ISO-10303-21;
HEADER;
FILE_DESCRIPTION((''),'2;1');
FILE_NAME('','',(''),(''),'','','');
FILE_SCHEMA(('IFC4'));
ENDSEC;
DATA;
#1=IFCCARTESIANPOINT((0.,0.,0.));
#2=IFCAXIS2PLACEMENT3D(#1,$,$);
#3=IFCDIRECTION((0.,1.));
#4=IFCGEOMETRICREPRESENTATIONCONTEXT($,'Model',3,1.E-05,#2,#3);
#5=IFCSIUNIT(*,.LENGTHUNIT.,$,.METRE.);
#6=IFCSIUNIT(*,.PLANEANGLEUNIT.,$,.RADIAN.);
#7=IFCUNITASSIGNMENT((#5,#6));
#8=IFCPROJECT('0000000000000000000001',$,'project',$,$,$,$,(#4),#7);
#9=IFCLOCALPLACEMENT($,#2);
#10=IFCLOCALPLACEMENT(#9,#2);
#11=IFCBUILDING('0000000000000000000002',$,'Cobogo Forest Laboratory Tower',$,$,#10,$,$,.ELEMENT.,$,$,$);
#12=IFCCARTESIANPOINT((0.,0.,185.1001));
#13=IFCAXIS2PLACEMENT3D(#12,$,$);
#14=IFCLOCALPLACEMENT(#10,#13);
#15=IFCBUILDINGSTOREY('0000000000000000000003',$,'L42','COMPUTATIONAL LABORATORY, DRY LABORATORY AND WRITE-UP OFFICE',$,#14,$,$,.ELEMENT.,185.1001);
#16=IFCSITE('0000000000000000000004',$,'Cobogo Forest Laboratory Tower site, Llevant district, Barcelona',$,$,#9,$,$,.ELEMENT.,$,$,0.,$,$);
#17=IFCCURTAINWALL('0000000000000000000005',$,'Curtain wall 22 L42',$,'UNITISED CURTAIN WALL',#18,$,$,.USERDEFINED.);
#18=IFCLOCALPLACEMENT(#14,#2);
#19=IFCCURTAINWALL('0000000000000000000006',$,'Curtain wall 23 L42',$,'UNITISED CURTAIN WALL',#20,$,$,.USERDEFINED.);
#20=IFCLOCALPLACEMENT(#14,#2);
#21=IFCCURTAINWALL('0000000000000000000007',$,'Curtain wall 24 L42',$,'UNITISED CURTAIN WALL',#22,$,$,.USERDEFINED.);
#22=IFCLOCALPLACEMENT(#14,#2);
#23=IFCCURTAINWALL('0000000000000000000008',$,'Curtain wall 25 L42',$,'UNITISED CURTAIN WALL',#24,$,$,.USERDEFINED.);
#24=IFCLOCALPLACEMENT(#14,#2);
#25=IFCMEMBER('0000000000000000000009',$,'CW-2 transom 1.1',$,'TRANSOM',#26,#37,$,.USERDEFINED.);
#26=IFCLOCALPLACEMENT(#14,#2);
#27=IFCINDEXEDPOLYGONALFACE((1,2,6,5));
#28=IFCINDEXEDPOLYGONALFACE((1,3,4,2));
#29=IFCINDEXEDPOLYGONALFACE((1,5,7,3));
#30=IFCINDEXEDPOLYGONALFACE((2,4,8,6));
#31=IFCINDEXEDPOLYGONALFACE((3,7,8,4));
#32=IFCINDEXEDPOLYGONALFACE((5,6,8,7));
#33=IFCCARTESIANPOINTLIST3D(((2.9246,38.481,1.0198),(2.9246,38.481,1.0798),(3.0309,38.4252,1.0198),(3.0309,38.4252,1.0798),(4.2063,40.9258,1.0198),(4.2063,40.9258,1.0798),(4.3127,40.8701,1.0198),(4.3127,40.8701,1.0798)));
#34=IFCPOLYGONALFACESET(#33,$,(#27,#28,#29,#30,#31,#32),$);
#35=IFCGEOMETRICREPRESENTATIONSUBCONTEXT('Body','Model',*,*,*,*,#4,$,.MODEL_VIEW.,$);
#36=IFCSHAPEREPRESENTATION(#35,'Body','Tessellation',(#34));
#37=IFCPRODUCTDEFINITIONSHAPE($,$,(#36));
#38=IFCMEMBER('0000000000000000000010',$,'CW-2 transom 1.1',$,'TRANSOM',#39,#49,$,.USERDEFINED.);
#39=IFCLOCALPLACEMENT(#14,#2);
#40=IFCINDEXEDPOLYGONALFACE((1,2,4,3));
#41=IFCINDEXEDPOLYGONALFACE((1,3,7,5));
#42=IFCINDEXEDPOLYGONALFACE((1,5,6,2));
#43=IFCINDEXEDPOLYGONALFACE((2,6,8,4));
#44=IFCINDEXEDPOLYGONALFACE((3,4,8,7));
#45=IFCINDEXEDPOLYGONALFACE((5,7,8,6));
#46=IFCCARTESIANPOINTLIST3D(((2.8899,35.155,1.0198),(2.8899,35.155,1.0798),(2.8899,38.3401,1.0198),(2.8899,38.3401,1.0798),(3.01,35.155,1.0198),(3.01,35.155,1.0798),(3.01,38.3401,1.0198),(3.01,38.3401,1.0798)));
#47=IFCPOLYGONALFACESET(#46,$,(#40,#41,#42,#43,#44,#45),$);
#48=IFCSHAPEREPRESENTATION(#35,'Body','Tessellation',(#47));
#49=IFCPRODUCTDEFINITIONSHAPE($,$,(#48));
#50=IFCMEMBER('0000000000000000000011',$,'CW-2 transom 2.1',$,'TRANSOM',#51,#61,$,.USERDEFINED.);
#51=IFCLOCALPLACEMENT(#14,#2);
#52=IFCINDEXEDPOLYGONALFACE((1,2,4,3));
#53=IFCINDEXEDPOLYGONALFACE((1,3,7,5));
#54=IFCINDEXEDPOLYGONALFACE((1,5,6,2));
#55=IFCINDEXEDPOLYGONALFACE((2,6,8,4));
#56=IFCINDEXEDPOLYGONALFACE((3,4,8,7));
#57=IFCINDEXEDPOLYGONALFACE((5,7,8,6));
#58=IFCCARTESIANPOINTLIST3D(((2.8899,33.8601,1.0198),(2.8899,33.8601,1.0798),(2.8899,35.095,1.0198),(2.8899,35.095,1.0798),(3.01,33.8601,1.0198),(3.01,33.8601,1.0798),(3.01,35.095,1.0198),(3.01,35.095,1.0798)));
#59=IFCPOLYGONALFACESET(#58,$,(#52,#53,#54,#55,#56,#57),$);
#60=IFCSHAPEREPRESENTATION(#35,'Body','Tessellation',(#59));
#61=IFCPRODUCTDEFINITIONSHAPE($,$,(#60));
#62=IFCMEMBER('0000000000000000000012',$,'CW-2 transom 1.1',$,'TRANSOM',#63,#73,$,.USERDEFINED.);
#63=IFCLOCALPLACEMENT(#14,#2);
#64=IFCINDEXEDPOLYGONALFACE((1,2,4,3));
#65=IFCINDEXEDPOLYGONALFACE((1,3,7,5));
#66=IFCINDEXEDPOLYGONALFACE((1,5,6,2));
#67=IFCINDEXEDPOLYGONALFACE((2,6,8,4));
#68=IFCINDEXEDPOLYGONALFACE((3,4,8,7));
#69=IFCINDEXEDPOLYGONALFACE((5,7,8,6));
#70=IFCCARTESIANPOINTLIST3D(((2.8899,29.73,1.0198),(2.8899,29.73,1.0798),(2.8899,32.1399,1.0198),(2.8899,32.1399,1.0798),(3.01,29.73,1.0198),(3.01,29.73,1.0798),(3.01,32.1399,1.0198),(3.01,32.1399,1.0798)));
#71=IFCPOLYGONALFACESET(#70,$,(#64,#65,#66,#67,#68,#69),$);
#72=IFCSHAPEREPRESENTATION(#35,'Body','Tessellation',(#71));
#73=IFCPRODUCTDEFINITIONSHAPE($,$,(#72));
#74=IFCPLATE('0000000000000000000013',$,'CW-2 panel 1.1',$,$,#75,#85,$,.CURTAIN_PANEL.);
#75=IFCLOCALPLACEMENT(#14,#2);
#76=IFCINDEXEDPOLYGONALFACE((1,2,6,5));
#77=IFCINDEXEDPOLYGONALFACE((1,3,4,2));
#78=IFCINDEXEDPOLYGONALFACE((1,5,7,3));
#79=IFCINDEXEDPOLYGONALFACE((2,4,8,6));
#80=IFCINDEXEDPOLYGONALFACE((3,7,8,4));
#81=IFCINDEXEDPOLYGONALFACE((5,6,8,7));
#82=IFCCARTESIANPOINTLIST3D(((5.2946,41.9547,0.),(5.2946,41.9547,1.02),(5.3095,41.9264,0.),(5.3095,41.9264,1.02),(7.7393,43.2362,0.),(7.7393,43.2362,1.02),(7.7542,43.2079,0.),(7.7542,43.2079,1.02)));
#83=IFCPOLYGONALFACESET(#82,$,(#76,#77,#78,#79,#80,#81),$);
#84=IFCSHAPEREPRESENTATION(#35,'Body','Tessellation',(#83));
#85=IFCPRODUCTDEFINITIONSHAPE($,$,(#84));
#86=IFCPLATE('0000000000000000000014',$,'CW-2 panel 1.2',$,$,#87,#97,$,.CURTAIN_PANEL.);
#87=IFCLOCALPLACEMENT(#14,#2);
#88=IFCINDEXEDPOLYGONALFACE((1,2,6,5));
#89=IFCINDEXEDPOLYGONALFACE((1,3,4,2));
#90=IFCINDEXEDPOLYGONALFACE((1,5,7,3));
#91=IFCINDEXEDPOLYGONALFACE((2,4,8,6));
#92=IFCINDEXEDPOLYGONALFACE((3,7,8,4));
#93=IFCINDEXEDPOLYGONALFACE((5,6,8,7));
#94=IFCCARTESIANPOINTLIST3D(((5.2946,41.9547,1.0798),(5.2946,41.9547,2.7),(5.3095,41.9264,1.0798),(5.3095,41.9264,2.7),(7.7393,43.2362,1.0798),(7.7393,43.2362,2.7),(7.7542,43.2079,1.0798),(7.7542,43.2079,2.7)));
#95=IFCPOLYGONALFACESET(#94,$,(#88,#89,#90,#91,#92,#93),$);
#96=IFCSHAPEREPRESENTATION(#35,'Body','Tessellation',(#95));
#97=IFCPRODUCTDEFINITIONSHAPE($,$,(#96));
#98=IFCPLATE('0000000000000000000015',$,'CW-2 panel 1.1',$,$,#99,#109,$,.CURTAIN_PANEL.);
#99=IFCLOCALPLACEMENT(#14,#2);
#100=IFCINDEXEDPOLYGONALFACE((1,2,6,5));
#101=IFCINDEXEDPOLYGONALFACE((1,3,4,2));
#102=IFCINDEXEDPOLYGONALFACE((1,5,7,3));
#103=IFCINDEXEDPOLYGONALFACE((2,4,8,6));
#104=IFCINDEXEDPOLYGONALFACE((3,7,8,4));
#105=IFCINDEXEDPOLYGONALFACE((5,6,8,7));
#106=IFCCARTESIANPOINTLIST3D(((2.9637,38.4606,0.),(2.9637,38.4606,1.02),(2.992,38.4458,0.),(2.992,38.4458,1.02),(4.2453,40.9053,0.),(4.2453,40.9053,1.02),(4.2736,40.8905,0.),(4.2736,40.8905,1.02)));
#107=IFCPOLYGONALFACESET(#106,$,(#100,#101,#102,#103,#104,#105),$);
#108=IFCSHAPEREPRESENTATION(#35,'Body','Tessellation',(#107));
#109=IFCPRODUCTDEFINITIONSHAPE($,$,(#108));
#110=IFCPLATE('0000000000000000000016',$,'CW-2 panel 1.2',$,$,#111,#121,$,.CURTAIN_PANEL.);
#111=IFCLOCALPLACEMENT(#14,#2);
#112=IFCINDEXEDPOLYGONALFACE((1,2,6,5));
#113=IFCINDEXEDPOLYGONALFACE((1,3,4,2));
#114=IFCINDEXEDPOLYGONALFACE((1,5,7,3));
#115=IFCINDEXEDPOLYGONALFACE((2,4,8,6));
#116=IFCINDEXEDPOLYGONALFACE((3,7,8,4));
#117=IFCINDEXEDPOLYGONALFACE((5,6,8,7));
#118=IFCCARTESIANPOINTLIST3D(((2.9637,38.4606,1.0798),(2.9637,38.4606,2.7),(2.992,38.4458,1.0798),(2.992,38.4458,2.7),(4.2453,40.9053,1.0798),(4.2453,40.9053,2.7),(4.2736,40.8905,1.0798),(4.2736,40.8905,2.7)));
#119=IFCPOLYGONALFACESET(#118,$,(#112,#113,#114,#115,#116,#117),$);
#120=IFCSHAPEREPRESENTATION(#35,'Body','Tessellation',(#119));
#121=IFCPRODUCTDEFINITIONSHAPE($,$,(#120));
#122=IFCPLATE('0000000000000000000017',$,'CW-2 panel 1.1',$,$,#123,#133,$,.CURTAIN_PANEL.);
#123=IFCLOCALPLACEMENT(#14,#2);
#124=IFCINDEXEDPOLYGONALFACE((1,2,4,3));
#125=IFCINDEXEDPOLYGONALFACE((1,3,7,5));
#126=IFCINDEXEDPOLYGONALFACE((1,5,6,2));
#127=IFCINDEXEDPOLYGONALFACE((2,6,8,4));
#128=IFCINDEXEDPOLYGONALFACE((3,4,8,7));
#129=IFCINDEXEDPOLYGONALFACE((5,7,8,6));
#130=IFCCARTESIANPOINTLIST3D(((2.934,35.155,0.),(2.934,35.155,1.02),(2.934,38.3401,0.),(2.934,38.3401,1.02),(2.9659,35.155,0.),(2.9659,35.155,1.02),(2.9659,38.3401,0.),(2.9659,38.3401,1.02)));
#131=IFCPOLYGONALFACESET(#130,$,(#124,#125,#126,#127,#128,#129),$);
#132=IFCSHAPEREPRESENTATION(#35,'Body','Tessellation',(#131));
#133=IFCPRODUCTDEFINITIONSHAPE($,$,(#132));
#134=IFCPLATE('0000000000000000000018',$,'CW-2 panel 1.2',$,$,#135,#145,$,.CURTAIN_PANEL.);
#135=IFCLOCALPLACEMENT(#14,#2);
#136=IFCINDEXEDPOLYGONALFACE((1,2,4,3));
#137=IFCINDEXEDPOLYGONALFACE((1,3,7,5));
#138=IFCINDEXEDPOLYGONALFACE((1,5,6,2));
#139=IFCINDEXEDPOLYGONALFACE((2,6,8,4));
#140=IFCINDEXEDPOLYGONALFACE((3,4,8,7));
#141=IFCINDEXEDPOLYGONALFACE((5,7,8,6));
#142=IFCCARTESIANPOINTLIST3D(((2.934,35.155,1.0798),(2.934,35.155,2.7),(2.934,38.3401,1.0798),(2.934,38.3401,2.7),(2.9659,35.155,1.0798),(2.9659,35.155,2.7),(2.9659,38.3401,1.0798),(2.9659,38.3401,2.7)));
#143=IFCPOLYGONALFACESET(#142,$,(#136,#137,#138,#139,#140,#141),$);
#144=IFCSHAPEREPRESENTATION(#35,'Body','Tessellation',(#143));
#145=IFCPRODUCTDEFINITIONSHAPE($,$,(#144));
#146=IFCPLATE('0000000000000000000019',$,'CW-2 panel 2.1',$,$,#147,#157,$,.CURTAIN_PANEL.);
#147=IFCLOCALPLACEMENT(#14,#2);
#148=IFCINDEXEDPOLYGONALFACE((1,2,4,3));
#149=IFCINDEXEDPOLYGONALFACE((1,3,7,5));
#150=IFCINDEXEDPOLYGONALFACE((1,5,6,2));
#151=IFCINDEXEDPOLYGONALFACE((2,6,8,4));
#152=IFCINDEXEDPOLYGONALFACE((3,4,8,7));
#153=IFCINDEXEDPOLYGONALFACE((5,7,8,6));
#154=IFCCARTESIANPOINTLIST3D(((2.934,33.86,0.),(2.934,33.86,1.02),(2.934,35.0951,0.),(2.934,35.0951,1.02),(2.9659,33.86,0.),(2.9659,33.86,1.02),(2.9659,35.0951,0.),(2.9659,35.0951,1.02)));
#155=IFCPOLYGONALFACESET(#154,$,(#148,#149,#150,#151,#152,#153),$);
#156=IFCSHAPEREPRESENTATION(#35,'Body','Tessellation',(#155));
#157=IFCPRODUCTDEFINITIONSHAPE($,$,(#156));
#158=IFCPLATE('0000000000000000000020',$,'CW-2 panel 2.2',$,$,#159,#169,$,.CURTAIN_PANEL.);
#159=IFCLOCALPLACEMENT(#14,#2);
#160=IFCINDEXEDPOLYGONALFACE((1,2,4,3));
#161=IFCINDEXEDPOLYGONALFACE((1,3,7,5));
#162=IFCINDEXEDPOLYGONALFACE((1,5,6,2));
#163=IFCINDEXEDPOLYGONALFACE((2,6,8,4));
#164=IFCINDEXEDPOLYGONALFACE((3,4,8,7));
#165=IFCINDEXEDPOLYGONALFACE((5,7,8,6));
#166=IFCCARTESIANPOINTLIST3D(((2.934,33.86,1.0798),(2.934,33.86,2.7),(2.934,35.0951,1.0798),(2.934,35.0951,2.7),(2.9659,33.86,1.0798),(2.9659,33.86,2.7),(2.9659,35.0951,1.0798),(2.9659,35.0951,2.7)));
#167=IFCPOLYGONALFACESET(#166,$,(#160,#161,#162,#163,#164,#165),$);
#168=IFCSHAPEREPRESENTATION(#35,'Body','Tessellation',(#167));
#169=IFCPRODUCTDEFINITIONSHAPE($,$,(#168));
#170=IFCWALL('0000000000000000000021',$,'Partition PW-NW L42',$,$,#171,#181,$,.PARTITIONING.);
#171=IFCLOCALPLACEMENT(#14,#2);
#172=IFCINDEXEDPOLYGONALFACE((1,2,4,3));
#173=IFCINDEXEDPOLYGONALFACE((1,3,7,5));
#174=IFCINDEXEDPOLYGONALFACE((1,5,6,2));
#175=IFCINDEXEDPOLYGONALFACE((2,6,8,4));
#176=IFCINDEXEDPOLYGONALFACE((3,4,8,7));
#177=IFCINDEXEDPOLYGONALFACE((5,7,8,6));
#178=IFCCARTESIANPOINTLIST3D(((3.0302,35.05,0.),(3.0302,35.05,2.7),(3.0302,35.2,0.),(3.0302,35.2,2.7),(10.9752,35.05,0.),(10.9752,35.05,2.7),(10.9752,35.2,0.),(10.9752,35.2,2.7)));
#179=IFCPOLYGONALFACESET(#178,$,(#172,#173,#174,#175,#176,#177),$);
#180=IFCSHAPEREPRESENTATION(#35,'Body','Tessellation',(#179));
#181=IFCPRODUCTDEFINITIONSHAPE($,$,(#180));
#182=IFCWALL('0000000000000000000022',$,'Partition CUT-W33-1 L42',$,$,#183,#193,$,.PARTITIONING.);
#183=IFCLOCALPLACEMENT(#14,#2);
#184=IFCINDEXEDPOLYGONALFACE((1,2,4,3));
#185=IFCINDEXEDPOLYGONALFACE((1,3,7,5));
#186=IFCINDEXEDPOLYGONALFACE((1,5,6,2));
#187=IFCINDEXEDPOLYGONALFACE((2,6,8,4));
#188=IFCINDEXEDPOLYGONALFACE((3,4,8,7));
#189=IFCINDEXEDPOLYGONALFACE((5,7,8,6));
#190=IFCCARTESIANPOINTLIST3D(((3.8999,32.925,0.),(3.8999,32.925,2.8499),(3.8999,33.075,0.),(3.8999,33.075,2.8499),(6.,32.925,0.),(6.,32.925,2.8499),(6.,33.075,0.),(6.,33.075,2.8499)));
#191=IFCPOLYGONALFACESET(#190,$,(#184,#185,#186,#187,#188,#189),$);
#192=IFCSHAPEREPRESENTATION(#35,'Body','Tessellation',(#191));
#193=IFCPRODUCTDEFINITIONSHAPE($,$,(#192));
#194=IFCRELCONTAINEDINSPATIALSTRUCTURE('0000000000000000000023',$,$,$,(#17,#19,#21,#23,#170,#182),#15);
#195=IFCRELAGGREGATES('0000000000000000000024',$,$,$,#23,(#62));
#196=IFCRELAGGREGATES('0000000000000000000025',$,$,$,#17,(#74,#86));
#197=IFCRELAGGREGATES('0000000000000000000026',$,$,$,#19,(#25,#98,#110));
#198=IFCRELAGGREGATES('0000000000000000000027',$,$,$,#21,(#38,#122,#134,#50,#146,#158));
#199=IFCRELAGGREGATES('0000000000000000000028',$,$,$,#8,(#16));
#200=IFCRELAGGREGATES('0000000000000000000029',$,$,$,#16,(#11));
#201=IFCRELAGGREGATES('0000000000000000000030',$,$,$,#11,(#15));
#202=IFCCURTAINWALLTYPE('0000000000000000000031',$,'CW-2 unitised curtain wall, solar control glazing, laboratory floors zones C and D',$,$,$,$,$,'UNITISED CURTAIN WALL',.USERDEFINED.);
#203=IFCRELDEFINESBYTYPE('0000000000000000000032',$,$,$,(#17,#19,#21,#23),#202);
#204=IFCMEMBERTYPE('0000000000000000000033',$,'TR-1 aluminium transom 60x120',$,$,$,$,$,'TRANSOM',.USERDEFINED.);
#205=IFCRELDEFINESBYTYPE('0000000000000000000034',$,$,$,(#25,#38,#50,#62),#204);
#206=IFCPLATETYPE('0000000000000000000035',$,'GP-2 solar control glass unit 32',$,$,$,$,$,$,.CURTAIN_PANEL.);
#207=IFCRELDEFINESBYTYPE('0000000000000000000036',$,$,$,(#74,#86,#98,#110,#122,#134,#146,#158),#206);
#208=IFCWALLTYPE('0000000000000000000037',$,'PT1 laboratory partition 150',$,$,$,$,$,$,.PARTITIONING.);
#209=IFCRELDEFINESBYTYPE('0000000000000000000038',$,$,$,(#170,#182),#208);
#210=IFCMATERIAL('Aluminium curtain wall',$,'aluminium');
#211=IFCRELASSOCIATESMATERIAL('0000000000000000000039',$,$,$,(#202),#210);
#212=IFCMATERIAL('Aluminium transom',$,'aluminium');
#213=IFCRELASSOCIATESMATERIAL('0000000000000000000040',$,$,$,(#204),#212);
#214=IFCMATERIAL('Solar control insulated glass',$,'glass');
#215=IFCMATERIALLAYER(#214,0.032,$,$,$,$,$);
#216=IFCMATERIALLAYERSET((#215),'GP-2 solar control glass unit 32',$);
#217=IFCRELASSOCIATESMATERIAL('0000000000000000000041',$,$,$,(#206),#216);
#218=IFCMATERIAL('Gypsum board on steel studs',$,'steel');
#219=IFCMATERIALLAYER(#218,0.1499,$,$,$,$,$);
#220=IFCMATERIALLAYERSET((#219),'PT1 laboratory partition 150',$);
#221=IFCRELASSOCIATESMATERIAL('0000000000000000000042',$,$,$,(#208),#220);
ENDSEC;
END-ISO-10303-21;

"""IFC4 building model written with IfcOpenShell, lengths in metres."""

from ifc_helpers import new_model, si_unit, direction, frame, frame_2d, origin, origin_2d, place, context, subcontext, project, spatial, rectangle, extrude, material, layer, layer_set, material_profile, profile_set, type_object, element, aggregate, save


model = new_model("IFC4")

# Units and contexts
model_context = context("Model", 3, precision=1e-05, world=origin(), true_north=direction((0.0, 1.0)))
body_context = subcontext(model_context, "Body", "Model", "MODEL_VIEW")
ifc_project = project(units=[si_unit("LENGTHUNIT", "METRE"), si_unit("PLANEANGLEUNIT", "RADIAN")], contexts=[model_context])

# Site, building, storey
site_placement = place(None, origin())
site = spatial("IfcSite", under=ifc_project, at=site_placement, Name="Cobogo Forest Laboratory Tower site, Llevant district, Barcelona", CompositionType="ELEMENT", RefElevation=0.0)
building_placement = place(site_placement, origin())
building = spatial("IfcBuilding", under=site, at=building_placement, Name="Cobogo Forest Laboratory Tower", CompositionType="ELEMENT")
storey_placement = place(building_placement, frame((0.0, 0.0, 185.1001)))
storey = spatial("IfcBuildingStorey", under=building, at=storey_placement, Name="L42", Description="COMPUTATIONAL LABORATORY, DRY LABORATORY AND WRITE-UP OFFICE", CompositionType="ELEMENT", Elevation=185.1001)

# Curtain wall
ifc_material_1 = material(Name="Aluminium curtain wall", Category="aluminium")
curtain_wall_type = type_object("IfcCurtainWallType", Name="CW-2 unitised curtain wall, solar control glazing, laboratory floors zones C and D", ElementType="UNITISED CURTAIN WALL", PredefinedType="USERDEFINED", material=ifc_material_1)
curtain_wall_1_placement = place(storey_placement, origin())
curtain_wall_1 = element("IfcCurtainWall", 1, at=curtain_wall_1_placement, inside=storey, type_object=curtain_wall_type, Name="Curtain wall 22 L42", ObjectType="UNITISED CURTAIN WALL", PredefinedType="USERDEFINED")

# Curtain walls
curtain_wall_2_placement = place(storey_placement, origin())
curtain_wall_2 = element("IfcCurtainWall", 2, at=curtain_wall_2_placement, inside=storey, type_object=curtain_wall_type, Name="Curtain wall 23 L42", ObjectType="UNITISED CURTAIN WALL", PredefinedType="USERDEFINED")
curtain_wall_3_placement = place(storey_placement, origin())
curtain_wall_3 = element("IfcCurtainWall", 3, at=curtain_wall_3_placement, inside=storey, type_object=curtain_wall_type, Name="Curtain wall 24 L42", ObjectType="UNITISED CURTAIN WALL", PredefinedType="USERDEFINED")

# Curtain wall
curtain_wall_4_placement = place(storey_placement, origin())
curtain_wall_4 = element("IfcCurtainWall", 4, at=curtain_wall_4_placement, inside=storey, type_object=curtain_wall_type, Name="Curtain wall 25 L42", ObjectType="UNITISED CURTAIN WALL", PredefinedType="USERDEFINED")

# Members
ifc_material_2 = material(Name="Aluminium transom", Category="aluminium")
ifc_material_profile_1 = material_profile(ifc_material_2, rectangle(XDim=0.1201, YDim=0.0601, at=origin_2d()), Name="AL 60x120")
ifc_profile_set_1 = profile_set([ifc_material_profile_1], Name="Aluminium transom")
member_type_1 = type_object("IfcMemberType", Name="TR-1 aluminium transom 60x120", ElementType="TRANSOM", PredefinedType="USERDEFINED", material=ifc_profile_set_1)
member_1_placement = place(storey_placement, frame((4.2595, 40.8979, 1.0498), z_axis=(-0.464324, -0.885665, 0.0), x_axis=(0.885665, -0.464324, 0.0)))
member_1 = element("IfcMember", 5, at=member_1_placement, type_object=member_type_1, Name="CW-2 transom 1.1", ObjectType="TRANSOM", PredefinedType="USERDEFINED", context=body_context, shape_type="SweptSolid", body=[
    extrude(rectangle(XDim=0.1201, YDim=0.0601, at=origin_2d()), origin(), (0.0, 0.0, 1.0), 2.7605),
])
member_2_placement = place(storey_placement, frame((2.95, 38.3401, 1.0498), z_axis=(0.0, -1.0, 0.0), x_axis=(1.0, 0.0, 0.0)))
member_2 = element("IfcMember", 6, at=member_2_placement, type_object=member_type_1, Name="CW-2 transom 1.1", ObjectType="TRANSOM", PredefinedType="USERDEFINED", context=body_context, shape_type="SweptSolid", body=[
    extrude(rectangle(XDim=0.1201, YDim=0.0601, at=origin_2d()), origin(), (0.0, 0.0, 1.0), 3.1851),
])
member_3_placement = place(storey_placement, frame((2.95, 35.095, 1.0498), z_axis=(0.0, -1.0, 0.0), x_axis=(1.0, 0.0, 0.0)))
member_3 = element("IfcMember", 7, at=member_3_placement, type_object=member_type_1, Name="CW-2 transom 2.1", ObjectType="TRANSOM", PredefinedType="USERDEFINED", context=body_context, shape_type="SweptSolid", body=[
    extrude(rectangle(XDim=0.1201, YDim=0.0601, at=origin_2d()), origin(), (0.0, 0.0, 1.0), 1.2349),
])
member_4_placement = place(storey_placement, frame((2.95, 32.1399, 1.0498), z_axis=(0.0, -1.0, 0.0), x_axis=(1.0, 0.0, 0.0)))
member_4 = element("IfcMember", 8, at=member_4_placement, type_object=member_type_1, Name="CW-2 transom 1.1", ObjectType="TRANSOM", PredefinedType="USERDEFINED", context=body_context, shape_type="SweptSolid", body=[
    extrude(rectangle(XDim=0.1201, YDim=0.0601, at=origin_2d()), origin(), (0.0, 0.0, 1.0), 2.4099),
])
aggregate(curtain_wall_4, [member_4])

# Plates
ifc_material_3 = material(Name="Solar control insulated glass", Category="glass")
ifc_layer_1 = layer(ifc_material_3, 0.032)
ifc_layer_set_1 = layer_set([ifc_layer_1], Name="GP-2 solar control glass unit 32")
plate_type = type_object("IfcPlateType", Name="GP-2 solar control glass unit 32", PredefinedType="CURTAIN_PANEL", material=ifc_layer_set_1)
plate_1_placement = place(storey_placement, frame((6.5244, 42.5813, 0.0), z_axis=(0.0, 0.0, 1.0), x_axis=(-0.885686, -0.464284, 0.0)))
plate_1 = element("IfcPlate", 9, at=plate_1_placement, type_object=plate_type, Name="CW-2 panel 1.1", PredefinedType="CURTAIN_PANEL", context=body_context, shape_type="SweptSolid", body=[
    extrude(rectangle(XDim=2.7603, YDim=0.032, at=origin_2d()), origin(), (0.0, 0.0, 1.0), 1.02),
])
plate_2_placement = place(storey_placement, frame((6.5244, 42.5813, 1.0798), z_axis=(0.0, 0.0, 1.0), x_axis=(-0.885686, -0.464284, 0.0)))
plate_2 = element("IfcPlate", 10, at=plate_2_placement, type_object=plate_type, Name="CW-2 panel 1.2", PredefinedType="CURTAIN_PANEL", context=body_context, shape_type="SweptSolid", body=[
    extrude(rectangle(XDim=2.7603, YDim=0.032, at=origin_2d()), origin(), (0.0, 0.0, 1.0), 1.6201),
])
aggregate(curtain_wall_1, [plate_1, plate_2])
plate_3_placement = place(storey_placement, frame((3.6187, 39.6755, 0.0), z_axis=(0.0, 0.0, 1.0), x_axis=(-0.464284, -0.885686, 0.0)))
plate_3 = element("IfcPlate", 11, at=plate_3_placement, type_object=plate_type, Name="CW-2 panel 1.1", PredefinedType="CURTAIN_PANEL", context=body_context, shape_type="SweptSolid", body=[
    extrude(rectangle(XDim=2.7603, YDim=0.032, at=origin_2d()), origin(), (0.0, 0.0, 1.0), 1.02),
])
plate_4_placement = place(storey_placement, frame((3.6187, 39.6755, 1.0798), z_axis=(0.0, 0.0, 1.0), x_axis=(-0.464284, -0.885686, 0.0)))
plate_4 = element("IfcPlate", 12, at=plate_4_placement, type_object=plate_type, Name="CW-2 panel 1.2", PredefinedType="CURTAIN_PANEL", context=body_context, shape_type="SweptSolid", body=[
    extrude(rectangle(XDim=2.7603, YDim=0.032, at=origin_2d()), origin(), (0.0, 0.0, 1.0), 1.6201),
])
aggregate(curtain_wall_2, [member_1, plate_3, plate_4])
plate_5_placement = place(storey_placement, frame((2.95, 36.7476, 0.0), z_axis=(0.0, 0.0, 1.0), x_axis=(0.0, -1.0, 0.0)))
plate_5 = element("IfcPlate", 13, at=plate_5_placement, type_object=plate_type, Name="CW-2 panel 1.1", PredefinedType="CURTAIN_PANEL", context=body_context, shape_type="SweptSolid", body=[
    extrude(rectangle(XDim=3.1851, YDim=0.032, at=origin_2d()), origin(), (0.0, 0.0, 1.0), 1.02),
])
plate_6_placement = place(storey_placement, frame((2.95, 36.7476, 1.0798), z_axis=(0.0, 0.0, 1.0), x_axis=(0.0, -1.0, 0.0)))
plate_6 = element("IfcPlate", 14, at=plate_6_placement, type_object=plate_type, Name="CW-2 panel 1.2", PredefinedType="CURTAIN_PANEL", context=body_context, shape_type="SweptSolid", body=[
    extrude(rectangle(XDim=3.1851, YDim=0.032, at=origin_2d()), origin(), (0.0, 0.0, 1.0), 1.6201),
])
plate_7_placement = place(storey_placement, frame((2.95, 34.4775, 0.0), z_axis=(0.0, 0.0, 1.0), x_axis=(0.0, -1.0, 0.0)))
plate_7 = element("IfcPlate", 15, at=plate_7_placement, type_object=plate_type, Name="CW-2 panel 2.1", PredefinedType="CURTAIN_PANEL", context=body_context, shape_type="SweptSolid", body=[
    extrude(rectangle(XDim=1.2351, YDim=0.032, at=origin_2d()), origin(), (0.0, 0.0, 1.0), 1.02),
])
plate_8_placement = place(storey_placement, frame((2.95, 34.4775, 1.0798), z_axis=(0.0, 0.0, 1.0), x_axis=(0.0, -1.0, 0.0)))
plate_8 = element("IfcPlate", 16, at=plate_8_placement, type_object=plate_type, Name="CW-2 panel 2.2", PredefinedType="CURTAIN_PANEL", context=body_context, shape_type="SweptSolid", body=[
    extrude(rectangle(XDim=1.2351, YDim=0.032, at=origin_2d()), origin(), (0.0, 0.0, 1.0), 1.6201),
])
aggregate(curtain_wall_3, [member_2, plate_5, plate_6, member_3, plate_7, plate_8])

# Walls
ifc_material_4 = material(Name="Gypsum board on steel studs", Category="steel")
ifc_layer_2 = layer(ifc_material_4, 0.1499)
ifc_layer_set_2 = layer_set([ifc_layer_2], Name="PT1 laboratory partition 150")
wall_type = type_object("IfcWallType", Name="PT1 laboratory partition 150", PredefinedType="PARTITIONING", material=ifc_layer_set_2)
wall_1_placement = place(storey_placement, frame((3.03, 35.125, 0.0), z_axis=(0.0, 0.0, 1.0), x_axis=(1.0, 0.0, 0.0)))
element("IfcWall", 17, at=wall_1_placement, inside=storey, type_object=wall_type, Name="Partition PW-NW L42", PredefinedType="PARTITIONING", context=body_context, shape_type="SweptSolid", body=[
    extrude(rectangle(XDim=7.9451, YDim=0.1499, at=frame_2d((3.9727, 0.0))), origin(), (0.0, 0.0, 1.0), 2.7),
])
wall_2_placement = place(storey_placement, frame((3.8999, 33.0, 0.0), z_axis=(0.0, 0.0, 1.0), x_axis=(1.0, 0.0, 0.0)))
element("IfcWall", 18, at=wall_2_placement, inside=storey, type_object=wall_type, Name="Partition CUT-W33-1 L42", PredefinedType="PARTITIONING", context=body_context, shape_type="SweptSolid", body=[
    extrude(rectangle(XDim=2.1001, YDim=0.1499, at=frame_2d((1.05, 0.0))), origin(), (0.0, 0.0, 1.0), 2.8499),
])

save(model, "model.ifc")
